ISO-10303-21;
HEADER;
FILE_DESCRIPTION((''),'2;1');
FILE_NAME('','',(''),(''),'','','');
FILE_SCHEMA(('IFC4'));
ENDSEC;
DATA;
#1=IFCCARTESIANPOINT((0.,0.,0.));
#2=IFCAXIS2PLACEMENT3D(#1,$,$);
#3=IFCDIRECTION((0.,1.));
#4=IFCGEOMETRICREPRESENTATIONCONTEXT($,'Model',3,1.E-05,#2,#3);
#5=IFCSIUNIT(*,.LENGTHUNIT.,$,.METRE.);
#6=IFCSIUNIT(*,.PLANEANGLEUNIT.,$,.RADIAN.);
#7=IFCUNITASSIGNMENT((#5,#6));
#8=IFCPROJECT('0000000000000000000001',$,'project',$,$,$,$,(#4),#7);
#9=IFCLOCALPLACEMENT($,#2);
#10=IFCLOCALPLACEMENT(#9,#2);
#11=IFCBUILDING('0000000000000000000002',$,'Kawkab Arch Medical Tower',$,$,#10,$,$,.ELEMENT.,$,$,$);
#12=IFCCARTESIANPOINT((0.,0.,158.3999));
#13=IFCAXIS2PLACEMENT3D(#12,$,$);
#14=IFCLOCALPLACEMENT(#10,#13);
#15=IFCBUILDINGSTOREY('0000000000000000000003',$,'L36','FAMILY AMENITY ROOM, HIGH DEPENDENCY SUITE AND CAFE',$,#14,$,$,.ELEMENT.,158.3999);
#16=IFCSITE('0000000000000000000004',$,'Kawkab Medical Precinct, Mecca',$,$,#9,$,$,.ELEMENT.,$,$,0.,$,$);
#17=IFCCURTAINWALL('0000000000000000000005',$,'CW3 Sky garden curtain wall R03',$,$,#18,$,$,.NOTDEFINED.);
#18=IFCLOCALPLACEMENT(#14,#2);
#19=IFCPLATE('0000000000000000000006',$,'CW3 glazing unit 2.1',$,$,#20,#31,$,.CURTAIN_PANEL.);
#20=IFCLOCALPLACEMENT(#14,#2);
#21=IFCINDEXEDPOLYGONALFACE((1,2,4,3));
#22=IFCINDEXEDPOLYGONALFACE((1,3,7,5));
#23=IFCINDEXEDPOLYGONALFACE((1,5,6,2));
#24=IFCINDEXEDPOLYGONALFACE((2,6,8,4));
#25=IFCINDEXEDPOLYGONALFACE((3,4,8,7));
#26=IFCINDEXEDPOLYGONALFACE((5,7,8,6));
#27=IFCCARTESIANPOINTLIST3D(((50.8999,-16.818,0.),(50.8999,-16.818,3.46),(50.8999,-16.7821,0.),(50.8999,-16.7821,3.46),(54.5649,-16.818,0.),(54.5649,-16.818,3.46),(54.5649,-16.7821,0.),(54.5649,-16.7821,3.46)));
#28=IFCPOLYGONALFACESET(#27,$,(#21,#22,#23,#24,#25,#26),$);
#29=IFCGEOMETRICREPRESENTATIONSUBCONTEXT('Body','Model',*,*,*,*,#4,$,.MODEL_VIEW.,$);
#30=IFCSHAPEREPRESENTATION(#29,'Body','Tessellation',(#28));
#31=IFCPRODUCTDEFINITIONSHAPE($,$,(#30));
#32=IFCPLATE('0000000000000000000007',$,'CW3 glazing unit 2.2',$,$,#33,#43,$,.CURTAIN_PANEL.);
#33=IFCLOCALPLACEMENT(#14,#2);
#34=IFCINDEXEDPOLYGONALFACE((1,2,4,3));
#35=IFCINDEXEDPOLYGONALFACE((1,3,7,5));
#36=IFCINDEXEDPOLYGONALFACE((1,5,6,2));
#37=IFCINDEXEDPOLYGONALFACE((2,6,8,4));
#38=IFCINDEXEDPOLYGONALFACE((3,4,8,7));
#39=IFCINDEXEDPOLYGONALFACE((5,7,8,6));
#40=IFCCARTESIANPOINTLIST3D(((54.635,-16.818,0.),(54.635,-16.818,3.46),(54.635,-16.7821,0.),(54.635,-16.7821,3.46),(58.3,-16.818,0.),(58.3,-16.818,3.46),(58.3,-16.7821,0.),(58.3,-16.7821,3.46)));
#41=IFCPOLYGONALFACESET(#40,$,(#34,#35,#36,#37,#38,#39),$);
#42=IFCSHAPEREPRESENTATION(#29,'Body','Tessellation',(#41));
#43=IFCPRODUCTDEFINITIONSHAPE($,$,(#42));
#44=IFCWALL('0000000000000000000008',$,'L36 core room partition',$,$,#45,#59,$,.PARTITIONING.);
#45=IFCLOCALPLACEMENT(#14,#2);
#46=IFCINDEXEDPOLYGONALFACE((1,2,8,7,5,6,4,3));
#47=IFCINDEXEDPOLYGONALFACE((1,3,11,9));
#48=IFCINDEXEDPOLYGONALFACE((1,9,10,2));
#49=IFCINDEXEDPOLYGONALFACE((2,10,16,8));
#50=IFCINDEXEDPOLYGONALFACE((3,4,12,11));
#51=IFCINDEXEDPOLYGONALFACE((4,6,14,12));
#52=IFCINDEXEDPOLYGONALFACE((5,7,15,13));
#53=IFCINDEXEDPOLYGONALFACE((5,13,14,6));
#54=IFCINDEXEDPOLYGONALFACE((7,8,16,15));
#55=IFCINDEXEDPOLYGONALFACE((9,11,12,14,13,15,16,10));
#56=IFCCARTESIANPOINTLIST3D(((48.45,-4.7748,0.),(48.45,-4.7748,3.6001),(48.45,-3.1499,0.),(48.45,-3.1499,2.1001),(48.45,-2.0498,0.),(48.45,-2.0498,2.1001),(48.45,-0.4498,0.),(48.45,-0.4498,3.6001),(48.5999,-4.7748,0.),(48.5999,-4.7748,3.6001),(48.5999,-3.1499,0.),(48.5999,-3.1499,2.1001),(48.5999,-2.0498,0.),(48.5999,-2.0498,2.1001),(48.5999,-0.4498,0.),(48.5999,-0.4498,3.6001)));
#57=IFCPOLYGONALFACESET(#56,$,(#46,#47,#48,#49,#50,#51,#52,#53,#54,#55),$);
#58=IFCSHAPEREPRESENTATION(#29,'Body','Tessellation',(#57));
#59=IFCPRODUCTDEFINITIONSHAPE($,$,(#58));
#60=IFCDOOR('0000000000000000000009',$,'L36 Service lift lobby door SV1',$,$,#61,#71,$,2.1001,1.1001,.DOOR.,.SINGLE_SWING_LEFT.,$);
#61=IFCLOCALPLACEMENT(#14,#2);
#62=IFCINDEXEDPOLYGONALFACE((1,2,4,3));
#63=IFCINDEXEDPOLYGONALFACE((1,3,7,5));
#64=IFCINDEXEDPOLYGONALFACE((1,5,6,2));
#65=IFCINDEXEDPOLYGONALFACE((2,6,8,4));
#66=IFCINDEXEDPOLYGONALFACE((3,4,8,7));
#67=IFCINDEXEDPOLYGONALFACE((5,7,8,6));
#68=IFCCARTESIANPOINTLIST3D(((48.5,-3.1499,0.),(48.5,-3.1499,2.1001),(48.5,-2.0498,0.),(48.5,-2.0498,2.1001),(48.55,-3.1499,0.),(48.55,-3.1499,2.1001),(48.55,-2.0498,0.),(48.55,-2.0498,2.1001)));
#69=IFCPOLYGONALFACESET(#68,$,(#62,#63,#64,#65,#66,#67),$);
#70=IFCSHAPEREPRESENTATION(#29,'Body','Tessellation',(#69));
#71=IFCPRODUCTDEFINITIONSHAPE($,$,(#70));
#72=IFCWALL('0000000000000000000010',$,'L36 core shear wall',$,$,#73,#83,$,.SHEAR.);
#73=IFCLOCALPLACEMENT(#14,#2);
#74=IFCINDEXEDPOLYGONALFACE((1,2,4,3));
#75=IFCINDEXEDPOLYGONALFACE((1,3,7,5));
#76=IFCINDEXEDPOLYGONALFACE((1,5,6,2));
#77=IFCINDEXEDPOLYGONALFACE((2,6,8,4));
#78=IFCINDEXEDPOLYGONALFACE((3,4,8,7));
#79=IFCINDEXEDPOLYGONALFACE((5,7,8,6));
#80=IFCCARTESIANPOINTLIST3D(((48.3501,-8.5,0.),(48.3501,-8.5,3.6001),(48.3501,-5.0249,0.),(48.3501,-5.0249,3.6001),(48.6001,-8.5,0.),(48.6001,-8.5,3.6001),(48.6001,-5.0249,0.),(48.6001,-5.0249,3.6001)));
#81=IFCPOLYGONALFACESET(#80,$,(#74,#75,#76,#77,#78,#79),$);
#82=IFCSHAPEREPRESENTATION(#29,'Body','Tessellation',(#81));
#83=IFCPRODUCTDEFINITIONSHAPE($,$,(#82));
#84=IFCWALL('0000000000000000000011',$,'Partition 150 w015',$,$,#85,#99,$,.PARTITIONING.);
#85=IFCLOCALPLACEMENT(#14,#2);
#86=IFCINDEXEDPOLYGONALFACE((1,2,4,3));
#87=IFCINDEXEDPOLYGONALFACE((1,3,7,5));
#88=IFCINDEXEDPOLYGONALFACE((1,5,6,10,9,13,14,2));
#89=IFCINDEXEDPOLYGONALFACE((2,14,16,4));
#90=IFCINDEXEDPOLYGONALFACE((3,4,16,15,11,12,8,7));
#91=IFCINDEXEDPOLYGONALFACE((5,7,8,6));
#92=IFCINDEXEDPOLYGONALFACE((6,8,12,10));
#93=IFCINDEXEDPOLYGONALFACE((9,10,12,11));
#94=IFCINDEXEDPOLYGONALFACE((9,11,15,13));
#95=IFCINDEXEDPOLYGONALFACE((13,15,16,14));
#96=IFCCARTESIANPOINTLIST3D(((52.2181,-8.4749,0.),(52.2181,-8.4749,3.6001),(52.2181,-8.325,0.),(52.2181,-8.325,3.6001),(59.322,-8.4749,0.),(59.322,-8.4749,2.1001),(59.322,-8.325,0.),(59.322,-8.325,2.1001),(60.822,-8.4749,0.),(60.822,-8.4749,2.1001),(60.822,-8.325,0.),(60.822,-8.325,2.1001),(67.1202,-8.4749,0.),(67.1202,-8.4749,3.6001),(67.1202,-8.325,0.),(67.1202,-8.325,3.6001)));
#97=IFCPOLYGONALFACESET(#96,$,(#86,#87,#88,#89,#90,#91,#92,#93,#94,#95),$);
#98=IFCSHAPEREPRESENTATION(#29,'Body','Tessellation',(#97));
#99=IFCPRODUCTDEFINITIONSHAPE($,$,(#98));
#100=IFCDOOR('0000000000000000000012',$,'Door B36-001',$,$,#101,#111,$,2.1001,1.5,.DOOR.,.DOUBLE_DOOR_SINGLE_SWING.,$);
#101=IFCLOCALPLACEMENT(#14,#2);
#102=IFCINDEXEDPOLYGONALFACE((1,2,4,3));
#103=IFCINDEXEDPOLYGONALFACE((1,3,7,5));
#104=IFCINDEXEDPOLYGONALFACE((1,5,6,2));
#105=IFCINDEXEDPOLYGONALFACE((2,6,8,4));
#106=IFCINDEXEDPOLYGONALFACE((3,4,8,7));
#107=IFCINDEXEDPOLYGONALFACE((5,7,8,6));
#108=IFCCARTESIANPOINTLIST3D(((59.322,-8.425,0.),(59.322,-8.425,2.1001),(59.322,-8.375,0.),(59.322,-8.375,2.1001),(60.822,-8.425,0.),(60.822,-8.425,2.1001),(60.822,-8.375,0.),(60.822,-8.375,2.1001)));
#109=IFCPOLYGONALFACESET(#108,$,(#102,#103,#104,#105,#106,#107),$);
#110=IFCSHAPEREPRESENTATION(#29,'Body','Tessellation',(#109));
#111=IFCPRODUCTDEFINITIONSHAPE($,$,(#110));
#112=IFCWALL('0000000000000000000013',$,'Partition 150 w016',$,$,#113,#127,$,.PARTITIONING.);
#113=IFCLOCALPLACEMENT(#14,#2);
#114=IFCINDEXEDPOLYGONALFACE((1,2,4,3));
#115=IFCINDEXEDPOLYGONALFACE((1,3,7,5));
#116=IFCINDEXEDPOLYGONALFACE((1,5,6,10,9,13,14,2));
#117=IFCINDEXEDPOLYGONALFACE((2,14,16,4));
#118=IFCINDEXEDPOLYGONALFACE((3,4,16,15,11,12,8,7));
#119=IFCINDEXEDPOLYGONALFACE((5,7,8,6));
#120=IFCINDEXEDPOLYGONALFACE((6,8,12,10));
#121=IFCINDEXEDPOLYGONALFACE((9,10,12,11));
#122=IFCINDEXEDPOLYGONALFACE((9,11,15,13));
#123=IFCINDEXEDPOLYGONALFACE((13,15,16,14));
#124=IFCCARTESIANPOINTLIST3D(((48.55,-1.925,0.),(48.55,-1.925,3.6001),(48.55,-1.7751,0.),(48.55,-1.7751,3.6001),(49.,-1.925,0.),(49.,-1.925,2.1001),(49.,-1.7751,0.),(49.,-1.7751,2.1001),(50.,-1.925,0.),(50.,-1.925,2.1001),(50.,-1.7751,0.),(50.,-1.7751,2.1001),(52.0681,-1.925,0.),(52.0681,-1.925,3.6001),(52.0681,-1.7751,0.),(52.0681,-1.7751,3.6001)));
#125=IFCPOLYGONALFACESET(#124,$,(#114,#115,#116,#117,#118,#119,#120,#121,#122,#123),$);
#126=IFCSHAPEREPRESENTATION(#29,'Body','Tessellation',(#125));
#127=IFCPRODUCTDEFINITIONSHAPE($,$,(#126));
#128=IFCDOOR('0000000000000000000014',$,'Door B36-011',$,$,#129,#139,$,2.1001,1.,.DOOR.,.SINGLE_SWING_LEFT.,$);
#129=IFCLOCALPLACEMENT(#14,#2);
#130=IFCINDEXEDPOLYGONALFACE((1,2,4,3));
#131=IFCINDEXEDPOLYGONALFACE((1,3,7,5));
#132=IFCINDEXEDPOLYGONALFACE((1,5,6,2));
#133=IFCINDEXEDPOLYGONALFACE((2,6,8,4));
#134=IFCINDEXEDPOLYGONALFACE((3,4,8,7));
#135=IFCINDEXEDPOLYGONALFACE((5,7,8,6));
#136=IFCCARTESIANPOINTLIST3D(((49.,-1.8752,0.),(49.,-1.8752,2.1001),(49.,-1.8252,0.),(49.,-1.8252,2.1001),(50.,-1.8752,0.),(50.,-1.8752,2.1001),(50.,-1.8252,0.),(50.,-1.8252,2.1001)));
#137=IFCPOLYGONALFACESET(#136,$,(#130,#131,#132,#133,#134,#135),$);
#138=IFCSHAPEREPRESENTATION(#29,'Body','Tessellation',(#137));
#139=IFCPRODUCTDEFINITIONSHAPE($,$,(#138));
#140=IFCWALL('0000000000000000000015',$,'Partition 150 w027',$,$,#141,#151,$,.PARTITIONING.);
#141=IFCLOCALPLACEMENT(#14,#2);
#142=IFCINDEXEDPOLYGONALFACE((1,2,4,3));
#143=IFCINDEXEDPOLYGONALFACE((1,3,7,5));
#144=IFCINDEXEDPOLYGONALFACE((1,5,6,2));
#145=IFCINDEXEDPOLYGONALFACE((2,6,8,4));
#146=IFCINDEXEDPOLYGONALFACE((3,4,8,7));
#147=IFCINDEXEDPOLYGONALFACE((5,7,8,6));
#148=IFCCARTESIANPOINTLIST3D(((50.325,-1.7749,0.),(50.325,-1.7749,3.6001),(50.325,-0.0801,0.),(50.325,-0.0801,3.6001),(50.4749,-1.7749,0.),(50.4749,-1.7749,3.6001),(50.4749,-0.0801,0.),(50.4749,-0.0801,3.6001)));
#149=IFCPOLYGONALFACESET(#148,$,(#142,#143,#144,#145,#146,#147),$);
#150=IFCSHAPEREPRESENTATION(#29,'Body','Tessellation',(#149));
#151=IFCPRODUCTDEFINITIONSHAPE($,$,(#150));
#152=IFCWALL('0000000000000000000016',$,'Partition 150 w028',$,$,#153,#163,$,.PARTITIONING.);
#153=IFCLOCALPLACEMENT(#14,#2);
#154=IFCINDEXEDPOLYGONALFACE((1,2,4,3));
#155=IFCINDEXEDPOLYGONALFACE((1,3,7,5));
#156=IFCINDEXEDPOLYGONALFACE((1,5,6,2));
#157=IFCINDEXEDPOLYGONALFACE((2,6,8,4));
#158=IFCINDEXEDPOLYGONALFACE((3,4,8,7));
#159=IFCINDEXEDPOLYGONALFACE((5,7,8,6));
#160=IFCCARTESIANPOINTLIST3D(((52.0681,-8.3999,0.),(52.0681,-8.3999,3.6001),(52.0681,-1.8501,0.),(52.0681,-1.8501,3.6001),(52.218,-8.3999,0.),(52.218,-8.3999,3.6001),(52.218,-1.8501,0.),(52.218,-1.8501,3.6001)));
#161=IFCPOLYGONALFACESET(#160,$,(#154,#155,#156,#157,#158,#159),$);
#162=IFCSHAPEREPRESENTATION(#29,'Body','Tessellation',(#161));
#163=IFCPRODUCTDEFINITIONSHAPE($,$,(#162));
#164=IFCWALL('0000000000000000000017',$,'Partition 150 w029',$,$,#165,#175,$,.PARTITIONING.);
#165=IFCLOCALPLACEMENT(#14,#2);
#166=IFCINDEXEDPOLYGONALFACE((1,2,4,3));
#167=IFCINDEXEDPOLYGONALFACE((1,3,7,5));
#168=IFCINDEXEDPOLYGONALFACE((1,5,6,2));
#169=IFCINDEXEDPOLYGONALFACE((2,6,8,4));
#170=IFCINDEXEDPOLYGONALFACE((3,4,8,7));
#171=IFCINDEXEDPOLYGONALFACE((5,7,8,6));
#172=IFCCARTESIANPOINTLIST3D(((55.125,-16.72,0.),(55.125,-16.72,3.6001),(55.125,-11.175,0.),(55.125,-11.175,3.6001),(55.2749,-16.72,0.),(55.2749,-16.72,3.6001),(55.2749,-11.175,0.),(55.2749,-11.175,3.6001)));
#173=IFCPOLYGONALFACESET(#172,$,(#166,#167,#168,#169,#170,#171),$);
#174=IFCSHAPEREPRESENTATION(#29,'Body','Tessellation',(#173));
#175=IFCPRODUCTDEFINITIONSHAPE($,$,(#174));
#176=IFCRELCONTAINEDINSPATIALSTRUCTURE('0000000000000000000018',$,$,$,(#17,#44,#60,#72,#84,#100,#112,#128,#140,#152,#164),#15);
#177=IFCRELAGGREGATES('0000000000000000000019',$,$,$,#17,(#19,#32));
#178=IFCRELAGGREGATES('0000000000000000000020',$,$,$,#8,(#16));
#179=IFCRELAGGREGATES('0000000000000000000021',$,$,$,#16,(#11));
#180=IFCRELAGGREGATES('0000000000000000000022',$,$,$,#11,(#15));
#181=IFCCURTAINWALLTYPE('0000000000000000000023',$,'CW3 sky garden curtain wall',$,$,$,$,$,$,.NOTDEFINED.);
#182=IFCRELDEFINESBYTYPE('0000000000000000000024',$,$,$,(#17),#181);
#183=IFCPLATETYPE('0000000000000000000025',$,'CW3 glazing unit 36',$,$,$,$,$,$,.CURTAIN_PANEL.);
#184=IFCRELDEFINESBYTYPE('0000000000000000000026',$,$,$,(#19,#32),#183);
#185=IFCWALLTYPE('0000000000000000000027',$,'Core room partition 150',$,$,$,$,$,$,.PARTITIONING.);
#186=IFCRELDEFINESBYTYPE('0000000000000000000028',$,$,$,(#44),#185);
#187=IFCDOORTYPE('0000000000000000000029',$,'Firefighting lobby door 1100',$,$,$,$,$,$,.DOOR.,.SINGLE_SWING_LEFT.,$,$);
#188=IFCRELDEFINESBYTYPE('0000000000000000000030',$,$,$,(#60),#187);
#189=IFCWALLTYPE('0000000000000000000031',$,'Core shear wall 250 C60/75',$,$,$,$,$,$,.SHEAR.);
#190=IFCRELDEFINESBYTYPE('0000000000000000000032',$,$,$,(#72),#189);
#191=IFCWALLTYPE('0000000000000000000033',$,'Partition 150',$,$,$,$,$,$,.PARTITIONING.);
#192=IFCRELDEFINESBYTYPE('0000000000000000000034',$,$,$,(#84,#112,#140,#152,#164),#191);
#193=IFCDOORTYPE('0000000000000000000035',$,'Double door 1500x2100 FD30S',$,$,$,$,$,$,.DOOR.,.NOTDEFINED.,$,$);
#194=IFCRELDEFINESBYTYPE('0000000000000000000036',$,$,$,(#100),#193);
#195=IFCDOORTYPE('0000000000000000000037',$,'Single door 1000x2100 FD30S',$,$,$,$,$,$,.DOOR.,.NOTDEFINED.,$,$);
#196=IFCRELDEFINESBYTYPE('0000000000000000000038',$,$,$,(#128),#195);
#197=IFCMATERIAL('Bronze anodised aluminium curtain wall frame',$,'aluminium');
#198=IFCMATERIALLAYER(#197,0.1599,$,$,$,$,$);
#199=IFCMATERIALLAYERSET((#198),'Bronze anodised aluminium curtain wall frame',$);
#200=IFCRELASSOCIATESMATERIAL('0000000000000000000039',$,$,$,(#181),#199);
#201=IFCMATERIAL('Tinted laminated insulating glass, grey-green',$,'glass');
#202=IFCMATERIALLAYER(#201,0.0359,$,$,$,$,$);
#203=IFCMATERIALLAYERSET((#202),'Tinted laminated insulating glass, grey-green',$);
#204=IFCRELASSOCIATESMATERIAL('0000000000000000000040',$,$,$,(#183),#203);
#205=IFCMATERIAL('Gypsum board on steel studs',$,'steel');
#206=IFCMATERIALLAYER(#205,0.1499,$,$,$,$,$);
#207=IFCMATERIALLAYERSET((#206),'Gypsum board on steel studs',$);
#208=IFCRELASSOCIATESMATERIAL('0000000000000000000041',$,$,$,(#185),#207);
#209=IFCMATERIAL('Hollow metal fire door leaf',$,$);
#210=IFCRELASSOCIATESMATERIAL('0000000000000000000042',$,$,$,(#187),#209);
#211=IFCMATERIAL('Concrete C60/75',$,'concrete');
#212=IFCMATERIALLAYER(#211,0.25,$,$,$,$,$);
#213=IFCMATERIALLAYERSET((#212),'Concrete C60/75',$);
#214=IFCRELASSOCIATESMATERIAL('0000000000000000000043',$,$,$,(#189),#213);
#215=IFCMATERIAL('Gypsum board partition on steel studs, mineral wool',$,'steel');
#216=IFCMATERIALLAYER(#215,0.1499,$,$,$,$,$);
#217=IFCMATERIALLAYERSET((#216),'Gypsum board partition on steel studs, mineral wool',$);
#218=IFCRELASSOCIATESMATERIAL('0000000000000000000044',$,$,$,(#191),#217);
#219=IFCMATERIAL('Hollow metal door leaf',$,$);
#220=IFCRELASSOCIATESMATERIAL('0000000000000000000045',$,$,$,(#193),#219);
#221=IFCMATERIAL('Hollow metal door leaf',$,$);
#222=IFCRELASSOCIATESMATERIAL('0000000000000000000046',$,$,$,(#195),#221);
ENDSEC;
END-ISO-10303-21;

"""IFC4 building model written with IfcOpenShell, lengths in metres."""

from ifc_helpers import new_model, si_unit, direction, frame, frame_2d, origin, origin_2d, place, context, subcontext, project, spatial, rectangle, extrude, material, layer, layer_set, type_object, element, fill, aggregate, save


model = new_model("IFC4")

# Units and contexts
model_context = context("Model", 3, precision=1e-05, world=origin(), true_north=direction((0.0, 1.0)))
body_context = subcontext(model_context, "Body", "Model", "MODEL_VIEW")
ifc_project = project(units=[si_unit("LENGTHUNIT", "METRE"), si_unit("PLANEANGLEUNIT", "RADIAN")], contexts=[model_context])

# Site, building, storey
site_placement = place(None, origin())
site = spatial("IfcSite", under=ifc_project, at=site_placement, Name="Kawkab Medical Precinct, Mecca", CompositionType="ELEMENT", RefElevation=0.0)
building_placement = place(site_placement, origin())
building = spatial("IfcBuilding", under=site, at=building_placement, Name="Kawkab Arch Medical Tower", CompositionType="ELEMENT")
storey_placement = place(building_placement, frame((0.0, 0.0, 158.3999)))
storey = spatial("IfcBuildingStorey", under=building, at=storey_placement, Name="L36", Description="FAMILY AMENITY ROOM, HIGH DEPENDENCY SUITE AND CAFE", CompositionType="ELEMENT", Elevation=158.3999)

# Curtain wall
placement = place(storey_placement, origin())
ifc_material_1 = material(Name="Bronze anodised aluminium curtain wall frame", Category="aluminium")
ifc_layer_1 = layer(ifc_material_1, 0.1599)
ifc_layer_set_1 = layer_set([ifc_layer_1], Name="Bronze anodised aluminium curtain wall frame")
curtain_wall_type_1 = type_object("IfcCurtainWallType", Name="CW3 sky garden curtain wall", PredefinedType="NOTDEFINED", material=ifc_layer_set_1)
curtain_wall_1 = element("IfcCurtainWall", 1, at=placement, inside=storey, type_object=curtain_wall_type_1, Name="CW3 Sky garden curtain wall R03", PredefinedType="NOTDEFINED")

# Plates
ifc_material_2 = material(Name="Tinted laminated insulating glass, grey-green", Category="glass")
ifc_layer_2 = layer(ifc_material_2, 0.0359)
ifc_layer_set_2 = layer_set([ifc_layer_2], Name="Tinted laminated insulating glass, grey-green")
plate_type_1 = type_object("IfcPlateType", Name="CW3 glazing unit 36", PredefinedType="CURTAIN_PANEL", material=ifc_layer_set_2)
plate_1_placement = place(storey_placement, frame((52.7324, -16.8, 0.0), z_axis=(0.0, 0.0, 1.0), x_axis=(1.0, 0.0, 0.0)))
plate_1 = element("IfcPlate", 2, at=plate_1_placement, type_object=plate_type_1, Name="CW3 glazing unit 2.1", PredefinedType="CURTAIN_PANEL", context=body_context, shape_type="SweptSolid", body=[
    extrude(rectangle(XDim=3.665, YDim=0.0359, at=origin_2d()), origin(), (0.0, 0.0, 1.0), 3.46),
])
plate_2_placement = place(storey_placement, frame((56.4675, -16.8, 0.0), z_axis=(0.0, 0.0, 1.0), x_axis=(1.0, 0.0, 0.0)))
plate_2 = element("IfcPlate", 3, at=plate_2_placement, type_object=plate_type_1, Name="CW3 glazing unit 2.2", PredefinedType="CURTAIN_PANEL", context=body_context, shape_type="SweptSolid", body=[
    extrude(rectangle(XDim=3.665, YDim=0.0359, at=origin_2d()), origin(), (0.0, 0.0, 1.0), 3.46),
])
aggregate(curtain_wall_1, [plate_1, plate_2])

# Wall, opening, door
ifc_material_3 = material(Name="Gypsum board on steel studs", Category="steel")
ifc_layer_3 = layer(ifc_material_3, 0.1499)
ifc_layer_set_3 = layer_set([ifc_layer_3], Name="Gypsum board on steel studs")
wall_type_1 = type_object("IfcWallType", Name="Core room partition 150", PredefinedType="PARTITIONING", material=ifc_layer_set_3)
wall_1_placement = place(storey_placement, frame((48.5249, -4.7749, 0.0), z_axis=(0.0, 0.0, 1.0), x_axis=(0.0, 1.0, 0.0)))
wall_1 = element("IfcWall", 4, at=wall_1_placement, inside=storey, type_object=wall_type_1, Name="L36 core room partition", PredefinedType="PARTITIONING", context=body_context, shape_type="SweptSolid", body=[
    extrude(rectangle(XDim=4.325, YDim=0.1499, at=frame_2d((2.1626, 0.0))), origin(), (0.0, 0.0, 1.0), 3.6001),
])
opening_1_placement = place(wall_1_placement, frame((1.625, 0.0, 0.0)))
opening_1 = element("IfcOpeningElement", 5, at=opening_1_placement, cuts=wall_1, PredefinedType="OPENING", context=body_context, shape_type="SweptSolid", body=[
    extrude(rectangle(XDim=1.1001, YDim=2.1001, at=frame_2d((0.55, 1.05))), frame((0.0, 0.085, 0.0), z_axis=(0.0, -1.0, 0.0), x_axis=(1.0, 0.0, 0.0)), (0.0, 0.0, 1.0), 0.1699),
])
ifc_material_4 = material(Name="Hollow metal fire door leaf")
door_type_1 = type_object("IfcDoorType", Name="Firefighting lobby door 1100", OperationType="SINGLE_SWING_LEFT", PredefinedType="DOOR", material=ifc_material_4)
door_1_placement = place(opening_1_placement, origin())
door_1 = element("IfcDoor", 6, at=door_1_placement, inside=storey, type_object=door_type_1, Name="L36 Service lift lobby door SV1", OperationType="SINGLE_SWING_LEFT", OverallHeight=2.1001, OverallWidth=1.1001, PredefinedType="DOOR", context=body_context, shape_type="SweptSolid", body=[
    extrude(rectangle(XDim=1.1001, YDim=2.1001, at=frame_2d((0.55, 1.05))), frame((0.0, 0.0249, 0.0), z_axis=(0.0, -1.0, 0.0), x_axis=(1.0, 0.0, 0.0)), (0.0, 0.0, 1.0), 0.05),
])
fill(opening_1, door_1)

# Wall
ifc_material_5 = material(Name="Concrete C60/75", Category="concrete")
ifc_layer_4 = layer(ifc_material_5, 0.25)
ifc_layer_set_4 = layer_set([ifc_layer_4], Name="Concrete C60/75")
wall_type_2 = type_object("IfcWallType", Name="Core shear wall 250 C60/75", PredefinedType="SHEAR", material=ifc_layer_set_4)
wall_2_placement = place(storey_placement, frame((48.4751, -8.5, 0.0), z_axis=(0.0, 0.0, 1.0), x_axis=(0.0, 1.0, 0.0)))
element("IfcWall", 7, at=wall_2_placement, inside=storey, type_object=wall_type_2, Name="L36 core shear wall", PredefinedType="SHEAR", context=body_context, shape_type="SweptSolid", body=[
    extrude(rectangle(XDim=3.4751, YDim=0.25, at=frame_2d((1.7375, 0.0))), origin(), (0.0, 0.0, 1.0), 3.6001),
])

# Walls, openings, doors
ifc_material_6 = material(Name="Gypsum board partition on steel studs, mineral wool", Category="steel")
ifc_layer_5 = layer(ifc_material_6, 0.1499)
ifc_layer_set_5 = layer_set([ifc_layer_5], Name="Gypsum board partition on steel studs, mineral wool")
wall_type_3 = type_object("IfcWallType", Name="Partition 150", PredefinedType="PARTITIONING", material=ifc_layer_set_5)
wall_3_placement = place(storey_placement, frame((52.218, -8.3999, 0.0), z_axis=(0.0, 0.0, 1.0), x_axis=(1.0, 0.0, 0.0)))
wall_3 = element("IfcWall", 8, at=wall_3_placement, inside=storey, type_object=wall_type_3, Name="Partition 150 w015", PredefinedType="PARTITIONING", context=body_context, shape_type="SweptSolid", body=[
    extrude(rectangle(XDim=14.9021, YDim=0.1499, at=frame_2d((7.4512, 0.0))), origin(), (0.0, 0.0, 1.0), 3.6001),
])
opening_2_placement = place(wall_3_placement, frame((7.104, 0.0, 0.0)))
opening_2 = element("IfcOpeningElement", 9, at=opening_2_placement, cuts=wall_3, PredefinedType="OPENING", context=body_context, shape_type="SweptSolid", body=[
    extrude(rectangle(XDim=1.5, YDim=2.1001, at=frame_2d((0.75, 1.05))), frame((0.0, 0.085, 0.0), z_axis=(0.0, -1.0, 0.0), x_axis=(1.0, 0.0, 0.0)), (0.0, 0.0, 1.0), 0.1699),
])
ifc_material_7 = material(Name="Hollow metal door leaf")
door_type_2 = type_object("IfcDoorType", Name="Double door 1500x2100 FD30S", OperationType="NOTDEFINED", PredefinedType="DOOR", material=ifc_material_7)
door_2_placement = place(opening_2_placement, origin())
door_2 = element("IfcDoor", 10, at=door_2_placement, inside=storey, type_object=door_type_2, Name="Door B36-001", OperationType="DOUBLE_DOOR_SINGLE_SWING", OverallHeight=2.1001, OverallWidth=1.5, PredefinedType="DOOR", context=body_context, shape_type="SweptSolid", body=[
    extrude(rectangle(XDim=1.5, YDim=2.1001, at=frame_2d((0.75, 1.05))), frame((0.0, 0.0249, 0.0), z_axis=(0.0, -1.0, 0.0), x_axis=(1.0, 0.0, 0.0)), (0.0, 0.0, 1.0), 0.05),
])
fill(opening_2, door_2)
wall_4_placement = place(storey_placement, frame((48.55, -1.8501, 0.0), z_axis=(0.0, 0.0, 1.0), x_axis=(1.0, 0.0, 0.0)))
wall_4 = element("IfcWall", 11, at=wall_4_placement, inside=storey, type_object=wall_type_3, Name="Partition 150 w016", PredefinedType="PARTITIONING", context=body_context, shape_type="SweptSolid", body=[
    extrude(rectangle(XDim=3.5181, YDim=0.1499, at=frame_2d((1.759, 0.0))), origin(), (0.0, 0.0, 1.0), 3.6001),
])
opening_3_placement = place(wall_4_placement, frame((0.45, 0.0, 0.0)))
opening_3 = element("IfcOpeningElement", 12, at=opening_3_placement, cuts=wall_4, PredefinedType="OPENING", context=body_context, shape_type="SweptSolid", body=[
    extrude(rectangle(XDim=1.0, YDim=2.1001, at=frame_2d((0.5, 1.05))), frame((0.0, 0.085, 0.0), z_axis=(0.0, -1.0, 0.0), x_axis=(1.0, 0.0, 0.0)), (0.0, 0.0, 1.0), 0.1699),
])
ifc_material_8 = material(Name="Hollow metal door leaf")
door_type_3 = type_object("IfcDoorType", Name="Single door 1000x2100 FD30S", OperationType="NOTDEFINED", PredefinedType="DOOR", material=ifc_material_8)
door_3_placement = place(opening_3_placement, origin())
door_3 = element("IfcDoor", 13, at=door_3_placement, inside=storey, type_object=door_type_3, Name="Door B36-011", OperationType="SINGLE_SWING_LEFT", OverallHeight=2.1001, OverallWidth=1.0, PredefinedType="DOOR", context=body_context, shape_type="SweptSolid", body=[
    extrude(rectangle(XDim=1.0, YDim=2.1001, at=frame_2d((0.5, 1.05))), frame((0.0, 0.0249, 0.0), z_axis=(0.0, -1.0, 0.0), x_axis=(1.0, 0.0, 0.0)), (0.0, 0.0, 1.0), 0.05),
])
fill(opening_3, door_3)

# Walls
wall_5_placement = place(storey_placement, frame((50.3999, -1.7749, 0.0), z_axis=(0.0, 0.0, 1.0), x_axis=(0.0, 1.0, 0.0)))
element("IfcWall", 14, at=wall_5_placement, inside=storey, type_object=wall_type_3, Name="Partition 150 w027", PredefinedType="PARTITIONING", context=body_context, shape_type="SweptSolid", body=[
    extrude(rectangle(XDim=1.6948, YDim=0.1499, at=frame_2d((0.8474, 0.0))), origin(), (0.0, 0.0, 1.0), 3.6001),
])
wall_6_placement = place(storey_placement, frame((52.1431, -8.3999, 0.0), z_axis=(0.0, 0.0, 1.0), x_axis=(0.0, 1.0, 0.0)))
element("IfcWall", 15, at=wall_6_placement, inside=storey, type_object=wall_type_3, Name="Partition 150 w028", PredefinedType="PARTITIONING", context=body_context, shape_type="SweptSolid", body=[
    extrude(rectangle(XDim=6.5498, YDim=0.1499, at=frame_2d((3.2749, 0.0))), origin(), (0.0, 0.0, 1.0), 3.6001),
])
for number, where, z_axis, x_axis, name in (
    (16, (55.2, -16.72, 0.0), (0.0, 0.0, 1.0), (0.0, 1.0, 0.0), "Partition 150 w029"),
):
    element("IfcWall", number, at=place(storey_placement, frame(where, z_axis=z_axis, x_axis=x_axis)), inside=storey, type_object=wall_type_3, Name=name, PredefinedType="PARTITIONING", context=body_context, shape_type="SweptSolid", body=[
        extrude(rectangle(XDim=5.5449, YDim=0.1499, at=frame_2d((2.7725, 0.0))), origin(), (0.0, 0.0, 1.0), 3.6001),
    ])

save(model, "model.ifc")
